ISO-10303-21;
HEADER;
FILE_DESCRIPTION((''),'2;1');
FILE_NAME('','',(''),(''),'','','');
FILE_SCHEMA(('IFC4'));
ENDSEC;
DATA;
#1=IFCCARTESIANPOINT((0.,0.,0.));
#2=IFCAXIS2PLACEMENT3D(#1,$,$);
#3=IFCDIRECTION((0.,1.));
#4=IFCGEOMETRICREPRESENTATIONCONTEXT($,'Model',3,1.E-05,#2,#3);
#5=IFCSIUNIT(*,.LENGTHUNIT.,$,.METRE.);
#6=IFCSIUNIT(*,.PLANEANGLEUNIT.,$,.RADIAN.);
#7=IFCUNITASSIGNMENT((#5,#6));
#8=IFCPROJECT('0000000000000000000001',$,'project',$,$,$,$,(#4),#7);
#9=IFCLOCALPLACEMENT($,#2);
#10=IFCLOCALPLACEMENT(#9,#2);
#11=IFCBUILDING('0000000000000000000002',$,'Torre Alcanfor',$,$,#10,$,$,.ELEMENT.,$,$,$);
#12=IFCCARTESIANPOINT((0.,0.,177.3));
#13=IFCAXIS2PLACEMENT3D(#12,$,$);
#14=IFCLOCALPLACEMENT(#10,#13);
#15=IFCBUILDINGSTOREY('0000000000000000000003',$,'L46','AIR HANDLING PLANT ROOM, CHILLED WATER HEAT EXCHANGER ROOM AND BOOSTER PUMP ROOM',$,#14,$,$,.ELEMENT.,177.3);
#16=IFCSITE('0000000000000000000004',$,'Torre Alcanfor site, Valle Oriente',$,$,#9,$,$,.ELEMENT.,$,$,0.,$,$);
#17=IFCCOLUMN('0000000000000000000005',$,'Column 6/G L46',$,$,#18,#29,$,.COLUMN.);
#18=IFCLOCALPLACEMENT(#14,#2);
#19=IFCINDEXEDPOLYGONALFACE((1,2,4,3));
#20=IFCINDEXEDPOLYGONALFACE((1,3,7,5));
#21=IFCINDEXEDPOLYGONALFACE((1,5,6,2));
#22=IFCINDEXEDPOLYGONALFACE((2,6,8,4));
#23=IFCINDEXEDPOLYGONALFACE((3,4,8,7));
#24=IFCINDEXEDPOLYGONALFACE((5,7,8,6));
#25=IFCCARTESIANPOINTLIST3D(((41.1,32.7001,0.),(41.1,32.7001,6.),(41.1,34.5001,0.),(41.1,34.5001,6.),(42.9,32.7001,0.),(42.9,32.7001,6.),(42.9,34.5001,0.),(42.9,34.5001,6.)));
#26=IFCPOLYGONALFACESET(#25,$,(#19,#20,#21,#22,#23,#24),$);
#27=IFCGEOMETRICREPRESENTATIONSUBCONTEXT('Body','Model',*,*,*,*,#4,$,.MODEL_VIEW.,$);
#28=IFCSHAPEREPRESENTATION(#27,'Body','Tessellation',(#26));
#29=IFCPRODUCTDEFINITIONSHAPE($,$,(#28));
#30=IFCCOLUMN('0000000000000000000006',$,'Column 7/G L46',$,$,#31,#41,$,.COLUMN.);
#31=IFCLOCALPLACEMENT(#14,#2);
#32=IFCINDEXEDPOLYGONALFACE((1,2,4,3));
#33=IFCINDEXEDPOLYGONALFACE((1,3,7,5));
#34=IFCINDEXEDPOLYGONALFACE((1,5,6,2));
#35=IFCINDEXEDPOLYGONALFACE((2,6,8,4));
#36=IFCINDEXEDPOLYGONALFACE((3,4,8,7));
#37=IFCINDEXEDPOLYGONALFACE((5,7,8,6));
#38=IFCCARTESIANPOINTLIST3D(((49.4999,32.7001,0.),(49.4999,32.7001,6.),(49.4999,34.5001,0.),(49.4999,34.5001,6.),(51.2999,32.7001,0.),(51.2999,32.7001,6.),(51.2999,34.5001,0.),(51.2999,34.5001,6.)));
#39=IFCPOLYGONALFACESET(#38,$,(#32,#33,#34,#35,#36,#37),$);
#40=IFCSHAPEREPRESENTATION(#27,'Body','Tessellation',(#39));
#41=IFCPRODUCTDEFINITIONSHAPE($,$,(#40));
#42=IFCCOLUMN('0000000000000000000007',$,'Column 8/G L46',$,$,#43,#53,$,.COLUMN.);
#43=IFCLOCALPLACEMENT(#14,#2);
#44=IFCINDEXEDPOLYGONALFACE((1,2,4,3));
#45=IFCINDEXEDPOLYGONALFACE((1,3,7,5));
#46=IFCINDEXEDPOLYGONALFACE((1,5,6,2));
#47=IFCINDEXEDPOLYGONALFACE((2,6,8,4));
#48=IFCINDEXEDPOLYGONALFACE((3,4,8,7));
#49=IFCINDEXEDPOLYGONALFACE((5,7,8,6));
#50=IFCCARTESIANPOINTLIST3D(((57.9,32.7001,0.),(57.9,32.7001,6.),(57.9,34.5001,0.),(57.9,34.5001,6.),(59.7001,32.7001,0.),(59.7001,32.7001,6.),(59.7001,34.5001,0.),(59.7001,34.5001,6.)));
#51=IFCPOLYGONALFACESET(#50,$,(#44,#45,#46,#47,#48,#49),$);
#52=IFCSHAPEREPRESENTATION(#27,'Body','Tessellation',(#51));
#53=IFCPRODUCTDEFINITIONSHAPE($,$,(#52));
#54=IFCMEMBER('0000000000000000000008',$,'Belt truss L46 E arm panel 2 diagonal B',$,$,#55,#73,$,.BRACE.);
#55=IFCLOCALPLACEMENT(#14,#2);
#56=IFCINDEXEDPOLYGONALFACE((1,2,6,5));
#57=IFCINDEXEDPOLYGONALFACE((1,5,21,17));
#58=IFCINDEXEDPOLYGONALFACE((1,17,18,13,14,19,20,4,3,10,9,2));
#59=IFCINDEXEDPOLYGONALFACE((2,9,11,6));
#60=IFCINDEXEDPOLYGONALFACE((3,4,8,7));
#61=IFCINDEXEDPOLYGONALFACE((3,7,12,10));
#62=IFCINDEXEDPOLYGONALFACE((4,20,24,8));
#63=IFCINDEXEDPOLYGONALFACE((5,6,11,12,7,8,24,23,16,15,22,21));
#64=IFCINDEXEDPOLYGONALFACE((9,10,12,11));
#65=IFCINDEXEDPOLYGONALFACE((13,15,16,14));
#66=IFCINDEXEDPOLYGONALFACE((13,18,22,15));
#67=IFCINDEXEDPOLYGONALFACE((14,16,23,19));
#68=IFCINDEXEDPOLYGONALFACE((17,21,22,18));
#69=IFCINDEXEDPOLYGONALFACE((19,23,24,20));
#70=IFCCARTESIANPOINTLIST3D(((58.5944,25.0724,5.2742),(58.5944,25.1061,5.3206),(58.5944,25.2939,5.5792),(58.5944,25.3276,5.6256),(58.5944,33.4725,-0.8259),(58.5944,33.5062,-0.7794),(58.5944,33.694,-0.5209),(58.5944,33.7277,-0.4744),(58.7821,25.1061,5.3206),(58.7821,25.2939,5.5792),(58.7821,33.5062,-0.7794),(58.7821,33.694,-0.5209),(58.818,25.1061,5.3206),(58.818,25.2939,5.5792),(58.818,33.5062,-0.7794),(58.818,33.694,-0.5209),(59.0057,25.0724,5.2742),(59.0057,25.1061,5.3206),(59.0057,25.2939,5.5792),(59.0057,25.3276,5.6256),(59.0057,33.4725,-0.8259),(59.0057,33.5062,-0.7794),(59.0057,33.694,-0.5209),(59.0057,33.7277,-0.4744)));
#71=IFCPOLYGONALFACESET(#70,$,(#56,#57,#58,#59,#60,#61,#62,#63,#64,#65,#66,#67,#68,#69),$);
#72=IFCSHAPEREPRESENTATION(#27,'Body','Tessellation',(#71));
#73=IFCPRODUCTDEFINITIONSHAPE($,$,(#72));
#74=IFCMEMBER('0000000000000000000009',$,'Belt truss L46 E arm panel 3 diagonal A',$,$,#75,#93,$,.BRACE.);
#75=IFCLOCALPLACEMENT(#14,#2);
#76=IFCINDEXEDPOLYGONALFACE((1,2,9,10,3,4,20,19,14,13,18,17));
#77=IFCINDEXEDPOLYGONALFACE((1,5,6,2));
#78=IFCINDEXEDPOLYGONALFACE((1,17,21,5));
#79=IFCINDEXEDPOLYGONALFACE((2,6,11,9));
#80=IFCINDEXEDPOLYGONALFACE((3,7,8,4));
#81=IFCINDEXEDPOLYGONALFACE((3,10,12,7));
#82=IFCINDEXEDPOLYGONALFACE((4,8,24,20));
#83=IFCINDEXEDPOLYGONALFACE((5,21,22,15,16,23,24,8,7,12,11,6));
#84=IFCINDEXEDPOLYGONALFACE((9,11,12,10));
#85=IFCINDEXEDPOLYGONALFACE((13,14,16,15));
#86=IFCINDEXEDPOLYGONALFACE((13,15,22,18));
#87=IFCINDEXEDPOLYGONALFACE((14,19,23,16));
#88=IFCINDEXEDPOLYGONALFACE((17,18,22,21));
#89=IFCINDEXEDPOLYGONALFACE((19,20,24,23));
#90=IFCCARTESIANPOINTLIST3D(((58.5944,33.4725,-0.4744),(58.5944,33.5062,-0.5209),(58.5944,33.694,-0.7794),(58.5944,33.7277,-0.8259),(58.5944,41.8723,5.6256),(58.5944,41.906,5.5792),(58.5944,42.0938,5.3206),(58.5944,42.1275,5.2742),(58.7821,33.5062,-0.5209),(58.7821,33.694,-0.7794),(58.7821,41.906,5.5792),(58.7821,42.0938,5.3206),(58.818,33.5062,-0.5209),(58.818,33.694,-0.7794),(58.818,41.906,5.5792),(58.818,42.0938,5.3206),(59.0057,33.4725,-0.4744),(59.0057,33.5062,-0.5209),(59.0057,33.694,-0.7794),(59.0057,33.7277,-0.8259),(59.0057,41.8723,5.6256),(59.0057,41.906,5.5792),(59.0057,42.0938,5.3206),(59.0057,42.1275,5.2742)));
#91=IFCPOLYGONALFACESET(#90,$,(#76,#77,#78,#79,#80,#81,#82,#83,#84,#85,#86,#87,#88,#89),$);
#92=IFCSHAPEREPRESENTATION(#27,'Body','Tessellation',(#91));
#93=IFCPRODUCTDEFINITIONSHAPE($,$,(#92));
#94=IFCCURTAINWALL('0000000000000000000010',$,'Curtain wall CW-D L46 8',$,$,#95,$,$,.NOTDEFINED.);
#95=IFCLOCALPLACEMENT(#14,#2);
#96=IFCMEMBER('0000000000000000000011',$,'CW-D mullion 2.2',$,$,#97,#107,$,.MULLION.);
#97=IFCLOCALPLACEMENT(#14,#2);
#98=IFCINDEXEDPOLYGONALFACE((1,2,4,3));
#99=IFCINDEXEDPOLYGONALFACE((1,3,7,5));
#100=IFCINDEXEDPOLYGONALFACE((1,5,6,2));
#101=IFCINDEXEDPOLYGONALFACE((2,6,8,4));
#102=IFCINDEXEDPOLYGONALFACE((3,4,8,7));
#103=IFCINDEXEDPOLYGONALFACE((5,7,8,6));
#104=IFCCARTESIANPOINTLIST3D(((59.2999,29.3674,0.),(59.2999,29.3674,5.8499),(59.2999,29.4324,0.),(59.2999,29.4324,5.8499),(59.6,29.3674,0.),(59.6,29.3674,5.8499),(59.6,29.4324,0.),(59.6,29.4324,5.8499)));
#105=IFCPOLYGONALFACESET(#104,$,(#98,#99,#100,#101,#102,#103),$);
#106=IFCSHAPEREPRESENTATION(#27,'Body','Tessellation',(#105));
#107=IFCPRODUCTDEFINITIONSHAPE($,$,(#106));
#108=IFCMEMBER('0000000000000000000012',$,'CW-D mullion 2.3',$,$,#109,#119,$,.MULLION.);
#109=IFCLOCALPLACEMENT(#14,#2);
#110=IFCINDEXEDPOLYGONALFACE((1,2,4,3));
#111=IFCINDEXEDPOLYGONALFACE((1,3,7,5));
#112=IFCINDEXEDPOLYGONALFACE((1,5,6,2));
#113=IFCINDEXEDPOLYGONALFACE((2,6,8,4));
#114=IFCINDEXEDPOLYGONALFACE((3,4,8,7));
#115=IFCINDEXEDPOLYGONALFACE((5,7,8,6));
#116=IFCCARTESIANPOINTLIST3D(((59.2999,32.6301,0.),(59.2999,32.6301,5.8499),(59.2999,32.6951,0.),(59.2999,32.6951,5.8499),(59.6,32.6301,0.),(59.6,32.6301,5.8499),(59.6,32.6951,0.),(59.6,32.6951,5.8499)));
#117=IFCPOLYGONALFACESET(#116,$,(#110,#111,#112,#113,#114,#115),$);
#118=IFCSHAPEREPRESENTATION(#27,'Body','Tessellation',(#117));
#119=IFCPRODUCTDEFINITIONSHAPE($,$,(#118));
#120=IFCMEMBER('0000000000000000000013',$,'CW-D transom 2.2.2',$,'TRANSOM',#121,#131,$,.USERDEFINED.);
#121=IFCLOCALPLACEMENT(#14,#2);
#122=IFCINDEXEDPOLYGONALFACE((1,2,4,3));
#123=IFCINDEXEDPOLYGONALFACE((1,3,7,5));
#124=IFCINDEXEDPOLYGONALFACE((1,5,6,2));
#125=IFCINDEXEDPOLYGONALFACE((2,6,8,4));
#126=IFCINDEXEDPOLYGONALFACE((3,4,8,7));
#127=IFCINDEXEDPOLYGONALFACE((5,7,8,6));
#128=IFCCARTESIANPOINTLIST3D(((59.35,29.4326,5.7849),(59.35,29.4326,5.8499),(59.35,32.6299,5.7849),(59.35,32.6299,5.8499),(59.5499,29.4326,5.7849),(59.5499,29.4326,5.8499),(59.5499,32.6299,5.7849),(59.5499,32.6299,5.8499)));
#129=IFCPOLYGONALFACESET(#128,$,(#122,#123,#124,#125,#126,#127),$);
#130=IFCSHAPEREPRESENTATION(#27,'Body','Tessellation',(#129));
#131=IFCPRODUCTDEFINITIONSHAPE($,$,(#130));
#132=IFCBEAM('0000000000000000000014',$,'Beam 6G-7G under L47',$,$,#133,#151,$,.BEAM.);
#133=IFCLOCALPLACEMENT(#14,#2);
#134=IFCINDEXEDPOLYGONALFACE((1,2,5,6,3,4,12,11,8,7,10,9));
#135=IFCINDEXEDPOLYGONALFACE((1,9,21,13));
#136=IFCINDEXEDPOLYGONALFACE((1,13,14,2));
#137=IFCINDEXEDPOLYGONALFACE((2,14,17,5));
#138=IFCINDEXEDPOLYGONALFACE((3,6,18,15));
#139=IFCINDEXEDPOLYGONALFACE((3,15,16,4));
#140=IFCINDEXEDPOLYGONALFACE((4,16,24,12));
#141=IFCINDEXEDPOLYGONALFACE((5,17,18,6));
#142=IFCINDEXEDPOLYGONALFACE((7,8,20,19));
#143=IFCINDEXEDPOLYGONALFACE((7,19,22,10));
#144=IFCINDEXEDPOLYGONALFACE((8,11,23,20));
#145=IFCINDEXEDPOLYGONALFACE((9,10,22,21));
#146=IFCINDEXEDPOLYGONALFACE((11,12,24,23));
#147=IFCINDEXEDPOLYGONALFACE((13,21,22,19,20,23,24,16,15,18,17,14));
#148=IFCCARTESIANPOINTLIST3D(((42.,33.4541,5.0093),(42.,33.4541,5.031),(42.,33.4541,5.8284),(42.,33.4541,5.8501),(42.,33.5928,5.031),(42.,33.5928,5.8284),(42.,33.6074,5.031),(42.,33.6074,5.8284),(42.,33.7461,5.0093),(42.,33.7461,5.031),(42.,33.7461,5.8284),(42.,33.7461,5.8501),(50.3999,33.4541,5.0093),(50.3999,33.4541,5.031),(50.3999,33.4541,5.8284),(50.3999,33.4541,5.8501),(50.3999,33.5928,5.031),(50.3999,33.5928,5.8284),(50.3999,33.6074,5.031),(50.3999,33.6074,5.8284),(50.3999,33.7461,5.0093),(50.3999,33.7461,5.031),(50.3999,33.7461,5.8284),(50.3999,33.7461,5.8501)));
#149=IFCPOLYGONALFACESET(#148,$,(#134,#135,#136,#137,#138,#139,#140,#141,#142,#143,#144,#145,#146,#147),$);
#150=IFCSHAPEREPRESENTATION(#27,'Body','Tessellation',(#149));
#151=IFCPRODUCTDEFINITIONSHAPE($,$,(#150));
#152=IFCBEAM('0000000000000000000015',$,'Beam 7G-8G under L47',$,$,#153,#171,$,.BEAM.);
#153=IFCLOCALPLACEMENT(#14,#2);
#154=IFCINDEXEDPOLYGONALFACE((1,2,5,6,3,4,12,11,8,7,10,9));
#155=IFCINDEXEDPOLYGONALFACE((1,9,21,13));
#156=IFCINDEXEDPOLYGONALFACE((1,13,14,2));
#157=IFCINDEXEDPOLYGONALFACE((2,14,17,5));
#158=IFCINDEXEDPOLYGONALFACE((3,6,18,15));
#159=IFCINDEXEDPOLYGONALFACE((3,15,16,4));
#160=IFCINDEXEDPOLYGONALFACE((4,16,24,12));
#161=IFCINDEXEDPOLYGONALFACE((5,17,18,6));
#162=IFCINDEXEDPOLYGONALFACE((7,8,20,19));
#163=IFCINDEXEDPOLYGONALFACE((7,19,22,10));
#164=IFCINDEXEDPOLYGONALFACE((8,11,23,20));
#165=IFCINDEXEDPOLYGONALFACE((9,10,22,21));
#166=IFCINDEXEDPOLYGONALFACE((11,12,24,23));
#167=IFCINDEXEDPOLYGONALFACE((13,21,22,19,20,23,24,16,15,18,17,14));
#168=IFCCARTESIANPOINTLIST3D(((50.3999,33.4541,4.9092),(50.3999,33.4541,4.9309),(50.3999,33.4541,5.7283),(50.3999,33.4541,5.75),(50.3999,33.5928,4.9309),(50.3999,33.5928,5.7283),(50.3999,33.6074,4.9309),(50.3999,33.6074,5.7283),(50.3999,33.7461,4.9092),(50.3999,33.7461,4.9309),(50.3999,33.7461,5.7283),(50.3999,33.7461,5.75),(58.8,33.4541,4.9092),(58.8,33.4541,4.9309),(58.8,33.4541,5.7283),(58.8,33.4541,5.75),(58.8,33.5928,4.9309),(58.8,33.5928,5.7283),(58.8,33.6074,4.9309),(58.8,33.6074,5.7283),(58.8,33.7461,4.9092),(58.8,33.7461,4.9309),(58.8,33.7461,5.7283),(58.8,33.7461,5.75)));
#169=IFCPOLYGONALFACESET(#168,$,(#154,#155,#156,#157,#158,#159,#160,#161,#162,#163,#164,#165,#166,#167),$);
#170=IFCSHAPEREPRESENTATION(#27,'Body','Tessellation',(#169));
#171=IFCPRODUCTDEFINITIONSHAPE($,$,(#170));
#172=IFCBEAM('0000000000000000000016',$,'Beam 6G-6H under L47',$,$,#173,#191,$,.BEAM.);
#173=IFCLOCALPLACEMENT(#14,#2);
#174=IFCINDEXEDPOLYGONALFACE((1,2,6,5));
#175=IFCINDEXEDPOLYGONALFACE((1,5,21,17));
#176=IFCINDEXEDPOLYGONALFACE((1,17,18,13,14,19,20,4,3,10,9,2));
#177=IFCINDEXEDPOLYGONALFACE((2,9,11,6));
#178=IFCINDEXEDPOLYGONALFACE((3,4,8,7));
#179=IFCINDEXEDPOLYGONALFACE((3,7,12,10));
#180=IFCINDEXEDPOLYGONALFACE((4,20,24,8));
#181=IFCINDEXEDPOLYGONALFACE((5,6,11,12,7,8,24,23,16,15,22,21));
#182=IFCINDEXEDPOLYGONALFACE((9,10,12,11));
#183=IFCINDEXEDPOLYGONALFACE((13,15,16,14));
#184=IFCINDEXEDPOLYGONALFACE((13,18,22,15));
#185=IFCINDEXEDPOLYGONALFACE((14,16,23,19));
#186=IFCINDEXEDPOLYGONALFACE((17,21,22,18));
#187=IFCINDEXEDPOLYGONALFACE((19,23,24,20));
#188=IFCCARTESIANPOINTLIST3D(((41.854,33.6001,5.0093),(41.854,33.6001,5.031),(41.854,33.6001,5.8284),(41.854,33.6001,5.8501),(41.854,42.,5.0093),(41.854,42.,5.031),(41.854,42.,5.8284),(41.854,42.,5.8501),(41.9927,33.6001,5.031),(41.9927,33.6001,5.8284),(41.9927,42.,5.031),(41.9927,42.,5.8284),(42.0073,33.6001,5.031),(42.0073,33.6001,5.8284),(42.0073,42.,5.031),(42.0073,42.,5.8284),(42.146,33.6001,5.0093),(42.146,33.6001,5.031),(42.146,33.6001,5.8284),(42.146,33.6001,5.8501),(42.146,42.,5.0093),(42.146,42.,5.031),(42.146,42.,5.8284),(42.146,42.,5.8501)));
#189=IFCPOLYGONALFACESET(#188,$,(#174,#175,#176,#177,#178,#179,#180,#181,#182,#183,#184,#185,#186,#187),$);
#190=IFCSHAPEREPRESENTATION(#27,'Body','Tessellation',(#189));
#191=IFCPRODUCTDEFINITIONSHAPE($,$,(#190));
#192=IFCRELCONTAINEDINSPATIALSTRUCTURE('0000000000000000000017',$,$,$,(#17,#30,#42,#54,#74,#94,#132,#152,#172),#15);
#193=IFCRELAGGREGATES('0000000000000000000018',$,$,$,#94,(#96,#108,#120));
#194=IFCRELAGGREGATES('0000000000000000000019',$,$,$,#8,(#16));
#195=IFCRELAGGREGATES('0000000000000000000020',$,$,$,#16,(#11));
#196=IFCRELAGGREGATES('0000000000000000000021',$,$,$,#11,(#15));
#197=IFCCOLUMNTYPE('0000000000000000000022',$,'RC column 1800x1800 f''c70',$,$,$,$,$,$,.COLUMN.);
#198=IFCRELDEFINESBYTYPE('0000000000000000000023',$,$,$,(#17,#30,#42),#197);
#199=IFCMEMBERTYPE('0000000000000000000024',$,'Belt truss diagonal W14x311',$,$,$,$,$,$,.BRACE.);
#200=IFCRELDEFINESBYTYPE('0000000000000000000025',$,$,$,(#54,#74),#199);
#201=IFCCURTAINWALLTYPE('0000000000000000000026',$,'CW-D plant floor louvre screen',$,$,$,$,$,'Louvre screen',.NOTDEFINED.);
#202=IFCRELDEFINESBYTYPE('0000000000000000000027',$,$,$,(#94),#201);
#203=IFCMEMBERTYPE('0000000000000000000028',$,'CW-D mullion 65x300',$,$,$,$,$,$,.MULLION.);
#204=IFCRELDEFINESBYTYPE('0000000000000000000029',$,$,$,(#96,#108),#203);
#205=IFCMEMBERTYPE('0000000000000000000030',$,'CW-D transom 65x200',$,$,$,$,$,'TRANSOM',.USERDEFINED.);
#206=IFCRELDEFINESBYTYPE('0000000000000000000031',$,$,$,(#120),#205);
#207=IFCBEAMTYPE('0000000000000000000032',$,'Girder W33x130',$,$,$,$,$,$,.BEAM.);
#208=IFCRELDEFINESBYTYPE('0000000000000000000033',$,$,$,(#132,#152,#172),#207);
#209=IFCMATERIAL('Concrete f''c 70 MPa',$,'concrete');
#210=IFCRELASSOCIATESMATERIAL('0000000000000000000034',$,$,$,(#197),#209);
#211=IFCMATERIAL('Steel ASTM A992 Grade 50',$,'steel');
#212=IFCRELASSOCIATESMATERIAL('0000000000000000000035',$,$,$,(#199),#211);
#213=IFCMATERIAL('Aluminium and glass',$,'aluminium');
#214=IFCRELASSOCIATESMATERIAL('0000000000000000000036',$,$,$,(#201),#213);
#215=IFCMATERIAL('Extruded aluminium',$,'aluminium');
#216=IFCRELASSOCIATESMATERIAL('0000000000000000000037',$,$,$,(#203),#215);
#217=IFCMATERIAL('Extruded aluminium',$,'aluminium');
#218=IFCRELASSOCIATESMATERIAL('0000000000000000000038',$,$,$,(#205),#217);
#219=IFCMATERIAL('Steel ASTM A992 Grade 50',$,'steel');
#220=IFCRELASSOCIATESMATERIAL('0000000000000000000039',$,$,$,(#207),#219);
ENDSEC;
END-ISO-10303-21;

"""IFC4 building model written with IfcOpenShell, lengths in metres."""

from ifc_helpers import new_model, si_unit, direction, frame, origin, origin_2d, place, context, subcontext, project, spatial, rectangle, i_section, extrude, material, material_profile, profile_set, type_object, element, aggregate, save


model = new_model("IFC4")

# Units and contexts
model_context = context("Model", 3, precision=1e-05, world=origin(), true_north=direction((0.0, 1.0)))
body_context = subcontext(model_context, "Body", "Model", "MODEL_VIEW")
ifc_project = project(units=[si_unit("LENGTHUNIT", "METRE"), si_unit("PLANEANGLEUNIT", "RADIAN")], contexts=[model_context])

# Site, building, storey
site_placement = place(None, origin())
site = spatial("IfcSite", under=ifc_project, at=site_placement, Name="Torre Alcanfor site, Valle Oriente", CompositionType="ELEMENT", RefElevation=0.0)
building_placement = place(site_placement, origin())
building = spatial("IfcBuilding", under=site, at=building_placement, Name="Torre Alcanfor", CompositionType="ELEMENT")
storey_placement = place(building_placement, frame((0.0, 0.0, 177.3)))
storey = spatial("IfcBuildingStorey", under=building, at=storey_placement, Name="L46", Description="AIR HANDLING PLANT ROOM, CHILLED WATER HEAT EXCHANGER ROOM AND BOOSTER PUMP ROOM", CompositionType="ELEMENT", Elevation=177.3)

# Columns
ifc_material_1 = material(Name="Concrete f'c 70 MPa", Category="concrete")
ifc_material_profile_1 = material_profile(ifc_material_1, rectangle(XDim=1.8, YDim=1.8, at=origin_2d()), Name="1800x1800")
ifc_profile_set_1 = profile_set([ifc_material_profile_1], Name="Concrete f'c 70 MPa")
column_type = type_object("IfcColumnType", Name="RC column 1800x1800 f'c70", PredefinedType="COLUMN", material=ifc_profile_set_1)
for number, where, z_axis, x_axis, name in (
    (1, (42.0, 33.6001, 0.0), (0.0, 0.0, 1.0), (1.0, 0.0, 0.0), "Column 6/G L46"),
    (2, (50.3999, 33.6001, 0.0), (0.0, 0.0, 1.0), (1.0, 0.0, 0.0), "Column 7/G L46"),
    (3, (58.8, 33.6001, 0.0), (0.0, 0.0, 1.0), (1.0, 0.0, 0.0), "Column 8/G L46"),
):
    element("IfcColumn", number, at=place(storey_placement, frame(where, z_axis=z_axis, x_axis=x_axis)), inside=storey, type_object=column_type, Name=name, PredefinedType="COLUMN", context=body_context, shape_type="SweptSolid", body=[
        extrude(rectangle(XDim=1.8, YDim=1.8, at=origin_2d()), origin(), (0.0, 0.0, 1.0), 6.0),
    ])

# Members
ifc_material_2 = material(Name="Steel ASTM A992 Grade 50", Category="steel")
ifc_material_profile_2 = material_profile(ifc_material_2, i_section(OverallWidth=0.4114, OverallDepth=0.4343, WebThickness=0.0359, FlangeThickness=0.0574, at=origin_2d()), Name="W14x311")
ifc_profile_set_2 = profile_set([ifc_material_profile_2], Name="Steel ASTM A992 Grade 50")
member_type_1 = type_object("IfcMemberType", Name="Belt truss diagonal W14x311", PredefinedType="BRACE", material=ifc_profile_set_2)
member_1_placement = place(storey_placement, frame((58.8, 33.6001, -0.6501), z_axis=(0.0, -0.809153, 0.587598), x_axis=(1.0, 0.0, 0.0)))
element("IfcMember", 4, at=member_1_placement, inside=storey, type_object=member_type_1, Name="Belt truss L46 E arm panel 2 diagonal B", PredefinedType="BRACE", context=body_context, shape_type="SweptSolid", body=[
    extrude(i_section(OverallWidth=0.4114, OverallDepth=0.4343, WebThickness=0.0359, FlangeThickness=0.0574, at=origin_2d()), origin(), (0.0, 0.0, 1.0), 10.3813),
])
member_2_placement = place(storey_placement, frame((58.8, 33.6001, -0.6501), z_axis=(0.0, 0.809145, 0.587609), x_axis=(-1.0, 0.0, 0.0)))
element("IfcMember", 5, at=member_2_placement, inside=storey, type_object=member_type_1, Name="Belt truss L46 E arm panel 3 diagonal A", PredefinedType="BRACE", context=body_context, shape_type="SweptSolid", body=[
    extrude(i_section(OverallWidth=0.4114, OverallDepth=0.4343, WebThickness=0.0359, FlangeThickness=0.0574, at=origin_2d()), origin(), (0.0, 0.0, 1.0), 10.3811),
])

# Curtain wall, members
ifc_material_3 = material(Name="Aluminium and glass", Category="aluminium")
curtain_wall_type = type_object("IfcCurtainWallType", Name="CW-D plant floor louvre screen", ElementType="Louvre screen", PredefinedType="NOTDEFINED", material=ifc_material_3)
curtain_wall_placement = place(storey_placement, origin())
curtain_wall = element("IfcCurtainWall", 6, at=curtain_wall_placement, inside=storey, type_object=curtain_wall_type, Name="Curtain wall CW-D L46 8", PredefinedType="NOTDEFINED")
ifc_material_4 = material(Name="Extruded aluminium", Category="aluminium")
ifc_material_profile_3 = material_profile(ifc_material_4, rectangle(XDim=0.3, YDim=0.0649, at=origin_2d()), Name="CW-D mullion 65x300")
ifc_profile_set_3 = profile_set([ifc_material_profile_3], Name="Extruded aluminium")
member_type_2 = type_object("IfcMemberType", Name="CW-D mullion 65x300", PredefinedType="MULLION", material=ifc_profile_set_3)
member_3_placement = place(storey_placement, frame((59.45, 29.3999, 0.0), z_axis=(0.0, 0.0, 1.0), x_axis=(-1.0, 0.0, 0.0)))
member_3 = element("IfcMember", 7, at=member_3_placement, type_object=member_type_2, Name="CW-D mullion 2.2", PredefinedType="MULLION", context=body_context, shape_type="SweptSolid", body=[
    extrude(rectangle(XDim=0.3, YDim=0.0649, at=origin_2d()), origin(), (0.0, 0.0, 1.0), 5.8499),
])
member_4_placement = place(storey_placement, frame((59.45, 32.6626, 0.0), z_axis=(0.0, 0.0, 1.0), x_axis=(-1.0, 0.0, 0.0)))
member_4 = element("IfcMember", 8, at=member_4_placement, type_object=member_type_2, Name="CW-D mullion 2.3", PredefinedType="MULLION", context=body_context, shape_type="SweptSolid", body=[
    extrude(rectangle(XDim=0.3, YDim=0.0649, at=origin_2d()), origin(), (0.0, 0.0, 1.0), 5.8499),
])
ifc_material_5 = material(Name="Extruded aluminium", Category="aluminium")
ifc_material_profile_4 = material_profile(ifc_material_5, rectangle(XDim=0.2, YDim=0.0649, at=origin_2d()), Name="CW-D transom 200x65")
ifc_profile_set_4 = profile_set([ifc_material_profile_4], Name="Extruded aluminium")
member_type_3 = type_object("IfcMemberType", Name="CW-D transom 65x200", ElementType="TRANSOM", PredefinedType="USERDEFINED", material=ifc_profile_set_4)
member_5_placement = place(storey_placement, frame((59.45, 29.4326, 5.8174), z_axis=(0.0, 1.0, 0.0), x_axis=(-1.0, 0.0, 0.0)))
member_5 = element("IfcMember", 9, at=member_5_placement, type_object=member_type_3, Name="CW-D transom 2.2.2", ObjectType="TRANSOM", PredefinedType="USERDEFINED", context=body_context, shape_type="SweptSolid", body=[
    extrude(rectangle(XDim=0.2, YDim=0.0649, at=origin_2d()), origin(), (0.0, 0.0, 1.0), 3.1973),
])

# Beams
ifc_material_6 = material(Name="Steel ASTM A992 Grade 50", Category="steel")
ifc_material_profile_5 = material_profile(ifc_material_6, i_section(OverallWidth=0.292, OverallDepth=0.8408, WebThickness=0.0146, FlangeThickness=0.0217, at=origin_2d()), Name="W33x130")
ifc_profile_set_5 = profile_set([ifc_material_profile_5], Name="Steel ASTM A992 Grade 50")
beam_type_1 = type_object("IfcBeamType", Name="Girder W33x130", PredefinedType="BEAM", material=ifc_profile_set_5)
beam_1_placement = place(storey_placement, frame((42.0, 33.6001, 5.4297), z_axis=(1.0, 0.0, 0.0), x_axis=(0.0, 1.0, 0.0)))
element("IfcBeam", 10, at=beam_1_placement, inside=storey, type_object=beam_type_1, Name="Beam 6G-7G under L47", PredefinedType="BEAM", context=body_context, shape_type="SweptSolid", body=[
    extrude(i_section(OverallWidth=0.292, OverallDepth=0.8408, WebThickness=0.0146, FlangeThickness=0.0217, at=origin_2d()), origin(), (0.0, 0.0, 1.0), 8.3999),
])
beam_2_placement = place(storey_placement, frame((50.3999, 33.6001, 5.3296), z_axis=(1.0, 0.0, 0.0), x_axis=(0.0, 1.0, 0.0)))
element("IfcBeam", 11, at=beam_2_placement, inside=storey, type_object=beam_type_1, Name="Beam 7G-8G under L47", PredefinedType="BEAM", context=body_context, shape_type="SweptSolid", body=[
    extrude(i_section(OverallWidth=0.292, OverallDepth=0.8408, WebThickness=0.0146, FlangeThickness=0.0217, at=origin_2d()), origin(), (0.0, 0.0, 1.0), 8.4001),
])
for number, where, z_axis, x_axis, name in (
    (12, (42.0, 33.6001, 5.4297), (0.0, 1.0, 0.0), (-1.0, 0.0, 0.0), "Beam 6G-6H under L47"),
):
    element("IfcBeam", number, at=place(storey_placement, frame(where, z_axis=z_axis, x_axis=x_axis)), inside=storey, type_object=beam_type_1, Name=name, PredefinedType="BEAM", context=body_context, shape_type="SweptSolid", body=[
        extrude(i_section(OverallWidth=0.292, OverallDepth=0.8408, WebThickness=0.0146, FlangeThickness=0.0217, at=origin_2d()), origin(), (0.0, 0.0, 1.0), 8.3999),
    ])

aggregate(curtain_wall, [member_3, member_4, member_5])

save(model, "model.ifc")
